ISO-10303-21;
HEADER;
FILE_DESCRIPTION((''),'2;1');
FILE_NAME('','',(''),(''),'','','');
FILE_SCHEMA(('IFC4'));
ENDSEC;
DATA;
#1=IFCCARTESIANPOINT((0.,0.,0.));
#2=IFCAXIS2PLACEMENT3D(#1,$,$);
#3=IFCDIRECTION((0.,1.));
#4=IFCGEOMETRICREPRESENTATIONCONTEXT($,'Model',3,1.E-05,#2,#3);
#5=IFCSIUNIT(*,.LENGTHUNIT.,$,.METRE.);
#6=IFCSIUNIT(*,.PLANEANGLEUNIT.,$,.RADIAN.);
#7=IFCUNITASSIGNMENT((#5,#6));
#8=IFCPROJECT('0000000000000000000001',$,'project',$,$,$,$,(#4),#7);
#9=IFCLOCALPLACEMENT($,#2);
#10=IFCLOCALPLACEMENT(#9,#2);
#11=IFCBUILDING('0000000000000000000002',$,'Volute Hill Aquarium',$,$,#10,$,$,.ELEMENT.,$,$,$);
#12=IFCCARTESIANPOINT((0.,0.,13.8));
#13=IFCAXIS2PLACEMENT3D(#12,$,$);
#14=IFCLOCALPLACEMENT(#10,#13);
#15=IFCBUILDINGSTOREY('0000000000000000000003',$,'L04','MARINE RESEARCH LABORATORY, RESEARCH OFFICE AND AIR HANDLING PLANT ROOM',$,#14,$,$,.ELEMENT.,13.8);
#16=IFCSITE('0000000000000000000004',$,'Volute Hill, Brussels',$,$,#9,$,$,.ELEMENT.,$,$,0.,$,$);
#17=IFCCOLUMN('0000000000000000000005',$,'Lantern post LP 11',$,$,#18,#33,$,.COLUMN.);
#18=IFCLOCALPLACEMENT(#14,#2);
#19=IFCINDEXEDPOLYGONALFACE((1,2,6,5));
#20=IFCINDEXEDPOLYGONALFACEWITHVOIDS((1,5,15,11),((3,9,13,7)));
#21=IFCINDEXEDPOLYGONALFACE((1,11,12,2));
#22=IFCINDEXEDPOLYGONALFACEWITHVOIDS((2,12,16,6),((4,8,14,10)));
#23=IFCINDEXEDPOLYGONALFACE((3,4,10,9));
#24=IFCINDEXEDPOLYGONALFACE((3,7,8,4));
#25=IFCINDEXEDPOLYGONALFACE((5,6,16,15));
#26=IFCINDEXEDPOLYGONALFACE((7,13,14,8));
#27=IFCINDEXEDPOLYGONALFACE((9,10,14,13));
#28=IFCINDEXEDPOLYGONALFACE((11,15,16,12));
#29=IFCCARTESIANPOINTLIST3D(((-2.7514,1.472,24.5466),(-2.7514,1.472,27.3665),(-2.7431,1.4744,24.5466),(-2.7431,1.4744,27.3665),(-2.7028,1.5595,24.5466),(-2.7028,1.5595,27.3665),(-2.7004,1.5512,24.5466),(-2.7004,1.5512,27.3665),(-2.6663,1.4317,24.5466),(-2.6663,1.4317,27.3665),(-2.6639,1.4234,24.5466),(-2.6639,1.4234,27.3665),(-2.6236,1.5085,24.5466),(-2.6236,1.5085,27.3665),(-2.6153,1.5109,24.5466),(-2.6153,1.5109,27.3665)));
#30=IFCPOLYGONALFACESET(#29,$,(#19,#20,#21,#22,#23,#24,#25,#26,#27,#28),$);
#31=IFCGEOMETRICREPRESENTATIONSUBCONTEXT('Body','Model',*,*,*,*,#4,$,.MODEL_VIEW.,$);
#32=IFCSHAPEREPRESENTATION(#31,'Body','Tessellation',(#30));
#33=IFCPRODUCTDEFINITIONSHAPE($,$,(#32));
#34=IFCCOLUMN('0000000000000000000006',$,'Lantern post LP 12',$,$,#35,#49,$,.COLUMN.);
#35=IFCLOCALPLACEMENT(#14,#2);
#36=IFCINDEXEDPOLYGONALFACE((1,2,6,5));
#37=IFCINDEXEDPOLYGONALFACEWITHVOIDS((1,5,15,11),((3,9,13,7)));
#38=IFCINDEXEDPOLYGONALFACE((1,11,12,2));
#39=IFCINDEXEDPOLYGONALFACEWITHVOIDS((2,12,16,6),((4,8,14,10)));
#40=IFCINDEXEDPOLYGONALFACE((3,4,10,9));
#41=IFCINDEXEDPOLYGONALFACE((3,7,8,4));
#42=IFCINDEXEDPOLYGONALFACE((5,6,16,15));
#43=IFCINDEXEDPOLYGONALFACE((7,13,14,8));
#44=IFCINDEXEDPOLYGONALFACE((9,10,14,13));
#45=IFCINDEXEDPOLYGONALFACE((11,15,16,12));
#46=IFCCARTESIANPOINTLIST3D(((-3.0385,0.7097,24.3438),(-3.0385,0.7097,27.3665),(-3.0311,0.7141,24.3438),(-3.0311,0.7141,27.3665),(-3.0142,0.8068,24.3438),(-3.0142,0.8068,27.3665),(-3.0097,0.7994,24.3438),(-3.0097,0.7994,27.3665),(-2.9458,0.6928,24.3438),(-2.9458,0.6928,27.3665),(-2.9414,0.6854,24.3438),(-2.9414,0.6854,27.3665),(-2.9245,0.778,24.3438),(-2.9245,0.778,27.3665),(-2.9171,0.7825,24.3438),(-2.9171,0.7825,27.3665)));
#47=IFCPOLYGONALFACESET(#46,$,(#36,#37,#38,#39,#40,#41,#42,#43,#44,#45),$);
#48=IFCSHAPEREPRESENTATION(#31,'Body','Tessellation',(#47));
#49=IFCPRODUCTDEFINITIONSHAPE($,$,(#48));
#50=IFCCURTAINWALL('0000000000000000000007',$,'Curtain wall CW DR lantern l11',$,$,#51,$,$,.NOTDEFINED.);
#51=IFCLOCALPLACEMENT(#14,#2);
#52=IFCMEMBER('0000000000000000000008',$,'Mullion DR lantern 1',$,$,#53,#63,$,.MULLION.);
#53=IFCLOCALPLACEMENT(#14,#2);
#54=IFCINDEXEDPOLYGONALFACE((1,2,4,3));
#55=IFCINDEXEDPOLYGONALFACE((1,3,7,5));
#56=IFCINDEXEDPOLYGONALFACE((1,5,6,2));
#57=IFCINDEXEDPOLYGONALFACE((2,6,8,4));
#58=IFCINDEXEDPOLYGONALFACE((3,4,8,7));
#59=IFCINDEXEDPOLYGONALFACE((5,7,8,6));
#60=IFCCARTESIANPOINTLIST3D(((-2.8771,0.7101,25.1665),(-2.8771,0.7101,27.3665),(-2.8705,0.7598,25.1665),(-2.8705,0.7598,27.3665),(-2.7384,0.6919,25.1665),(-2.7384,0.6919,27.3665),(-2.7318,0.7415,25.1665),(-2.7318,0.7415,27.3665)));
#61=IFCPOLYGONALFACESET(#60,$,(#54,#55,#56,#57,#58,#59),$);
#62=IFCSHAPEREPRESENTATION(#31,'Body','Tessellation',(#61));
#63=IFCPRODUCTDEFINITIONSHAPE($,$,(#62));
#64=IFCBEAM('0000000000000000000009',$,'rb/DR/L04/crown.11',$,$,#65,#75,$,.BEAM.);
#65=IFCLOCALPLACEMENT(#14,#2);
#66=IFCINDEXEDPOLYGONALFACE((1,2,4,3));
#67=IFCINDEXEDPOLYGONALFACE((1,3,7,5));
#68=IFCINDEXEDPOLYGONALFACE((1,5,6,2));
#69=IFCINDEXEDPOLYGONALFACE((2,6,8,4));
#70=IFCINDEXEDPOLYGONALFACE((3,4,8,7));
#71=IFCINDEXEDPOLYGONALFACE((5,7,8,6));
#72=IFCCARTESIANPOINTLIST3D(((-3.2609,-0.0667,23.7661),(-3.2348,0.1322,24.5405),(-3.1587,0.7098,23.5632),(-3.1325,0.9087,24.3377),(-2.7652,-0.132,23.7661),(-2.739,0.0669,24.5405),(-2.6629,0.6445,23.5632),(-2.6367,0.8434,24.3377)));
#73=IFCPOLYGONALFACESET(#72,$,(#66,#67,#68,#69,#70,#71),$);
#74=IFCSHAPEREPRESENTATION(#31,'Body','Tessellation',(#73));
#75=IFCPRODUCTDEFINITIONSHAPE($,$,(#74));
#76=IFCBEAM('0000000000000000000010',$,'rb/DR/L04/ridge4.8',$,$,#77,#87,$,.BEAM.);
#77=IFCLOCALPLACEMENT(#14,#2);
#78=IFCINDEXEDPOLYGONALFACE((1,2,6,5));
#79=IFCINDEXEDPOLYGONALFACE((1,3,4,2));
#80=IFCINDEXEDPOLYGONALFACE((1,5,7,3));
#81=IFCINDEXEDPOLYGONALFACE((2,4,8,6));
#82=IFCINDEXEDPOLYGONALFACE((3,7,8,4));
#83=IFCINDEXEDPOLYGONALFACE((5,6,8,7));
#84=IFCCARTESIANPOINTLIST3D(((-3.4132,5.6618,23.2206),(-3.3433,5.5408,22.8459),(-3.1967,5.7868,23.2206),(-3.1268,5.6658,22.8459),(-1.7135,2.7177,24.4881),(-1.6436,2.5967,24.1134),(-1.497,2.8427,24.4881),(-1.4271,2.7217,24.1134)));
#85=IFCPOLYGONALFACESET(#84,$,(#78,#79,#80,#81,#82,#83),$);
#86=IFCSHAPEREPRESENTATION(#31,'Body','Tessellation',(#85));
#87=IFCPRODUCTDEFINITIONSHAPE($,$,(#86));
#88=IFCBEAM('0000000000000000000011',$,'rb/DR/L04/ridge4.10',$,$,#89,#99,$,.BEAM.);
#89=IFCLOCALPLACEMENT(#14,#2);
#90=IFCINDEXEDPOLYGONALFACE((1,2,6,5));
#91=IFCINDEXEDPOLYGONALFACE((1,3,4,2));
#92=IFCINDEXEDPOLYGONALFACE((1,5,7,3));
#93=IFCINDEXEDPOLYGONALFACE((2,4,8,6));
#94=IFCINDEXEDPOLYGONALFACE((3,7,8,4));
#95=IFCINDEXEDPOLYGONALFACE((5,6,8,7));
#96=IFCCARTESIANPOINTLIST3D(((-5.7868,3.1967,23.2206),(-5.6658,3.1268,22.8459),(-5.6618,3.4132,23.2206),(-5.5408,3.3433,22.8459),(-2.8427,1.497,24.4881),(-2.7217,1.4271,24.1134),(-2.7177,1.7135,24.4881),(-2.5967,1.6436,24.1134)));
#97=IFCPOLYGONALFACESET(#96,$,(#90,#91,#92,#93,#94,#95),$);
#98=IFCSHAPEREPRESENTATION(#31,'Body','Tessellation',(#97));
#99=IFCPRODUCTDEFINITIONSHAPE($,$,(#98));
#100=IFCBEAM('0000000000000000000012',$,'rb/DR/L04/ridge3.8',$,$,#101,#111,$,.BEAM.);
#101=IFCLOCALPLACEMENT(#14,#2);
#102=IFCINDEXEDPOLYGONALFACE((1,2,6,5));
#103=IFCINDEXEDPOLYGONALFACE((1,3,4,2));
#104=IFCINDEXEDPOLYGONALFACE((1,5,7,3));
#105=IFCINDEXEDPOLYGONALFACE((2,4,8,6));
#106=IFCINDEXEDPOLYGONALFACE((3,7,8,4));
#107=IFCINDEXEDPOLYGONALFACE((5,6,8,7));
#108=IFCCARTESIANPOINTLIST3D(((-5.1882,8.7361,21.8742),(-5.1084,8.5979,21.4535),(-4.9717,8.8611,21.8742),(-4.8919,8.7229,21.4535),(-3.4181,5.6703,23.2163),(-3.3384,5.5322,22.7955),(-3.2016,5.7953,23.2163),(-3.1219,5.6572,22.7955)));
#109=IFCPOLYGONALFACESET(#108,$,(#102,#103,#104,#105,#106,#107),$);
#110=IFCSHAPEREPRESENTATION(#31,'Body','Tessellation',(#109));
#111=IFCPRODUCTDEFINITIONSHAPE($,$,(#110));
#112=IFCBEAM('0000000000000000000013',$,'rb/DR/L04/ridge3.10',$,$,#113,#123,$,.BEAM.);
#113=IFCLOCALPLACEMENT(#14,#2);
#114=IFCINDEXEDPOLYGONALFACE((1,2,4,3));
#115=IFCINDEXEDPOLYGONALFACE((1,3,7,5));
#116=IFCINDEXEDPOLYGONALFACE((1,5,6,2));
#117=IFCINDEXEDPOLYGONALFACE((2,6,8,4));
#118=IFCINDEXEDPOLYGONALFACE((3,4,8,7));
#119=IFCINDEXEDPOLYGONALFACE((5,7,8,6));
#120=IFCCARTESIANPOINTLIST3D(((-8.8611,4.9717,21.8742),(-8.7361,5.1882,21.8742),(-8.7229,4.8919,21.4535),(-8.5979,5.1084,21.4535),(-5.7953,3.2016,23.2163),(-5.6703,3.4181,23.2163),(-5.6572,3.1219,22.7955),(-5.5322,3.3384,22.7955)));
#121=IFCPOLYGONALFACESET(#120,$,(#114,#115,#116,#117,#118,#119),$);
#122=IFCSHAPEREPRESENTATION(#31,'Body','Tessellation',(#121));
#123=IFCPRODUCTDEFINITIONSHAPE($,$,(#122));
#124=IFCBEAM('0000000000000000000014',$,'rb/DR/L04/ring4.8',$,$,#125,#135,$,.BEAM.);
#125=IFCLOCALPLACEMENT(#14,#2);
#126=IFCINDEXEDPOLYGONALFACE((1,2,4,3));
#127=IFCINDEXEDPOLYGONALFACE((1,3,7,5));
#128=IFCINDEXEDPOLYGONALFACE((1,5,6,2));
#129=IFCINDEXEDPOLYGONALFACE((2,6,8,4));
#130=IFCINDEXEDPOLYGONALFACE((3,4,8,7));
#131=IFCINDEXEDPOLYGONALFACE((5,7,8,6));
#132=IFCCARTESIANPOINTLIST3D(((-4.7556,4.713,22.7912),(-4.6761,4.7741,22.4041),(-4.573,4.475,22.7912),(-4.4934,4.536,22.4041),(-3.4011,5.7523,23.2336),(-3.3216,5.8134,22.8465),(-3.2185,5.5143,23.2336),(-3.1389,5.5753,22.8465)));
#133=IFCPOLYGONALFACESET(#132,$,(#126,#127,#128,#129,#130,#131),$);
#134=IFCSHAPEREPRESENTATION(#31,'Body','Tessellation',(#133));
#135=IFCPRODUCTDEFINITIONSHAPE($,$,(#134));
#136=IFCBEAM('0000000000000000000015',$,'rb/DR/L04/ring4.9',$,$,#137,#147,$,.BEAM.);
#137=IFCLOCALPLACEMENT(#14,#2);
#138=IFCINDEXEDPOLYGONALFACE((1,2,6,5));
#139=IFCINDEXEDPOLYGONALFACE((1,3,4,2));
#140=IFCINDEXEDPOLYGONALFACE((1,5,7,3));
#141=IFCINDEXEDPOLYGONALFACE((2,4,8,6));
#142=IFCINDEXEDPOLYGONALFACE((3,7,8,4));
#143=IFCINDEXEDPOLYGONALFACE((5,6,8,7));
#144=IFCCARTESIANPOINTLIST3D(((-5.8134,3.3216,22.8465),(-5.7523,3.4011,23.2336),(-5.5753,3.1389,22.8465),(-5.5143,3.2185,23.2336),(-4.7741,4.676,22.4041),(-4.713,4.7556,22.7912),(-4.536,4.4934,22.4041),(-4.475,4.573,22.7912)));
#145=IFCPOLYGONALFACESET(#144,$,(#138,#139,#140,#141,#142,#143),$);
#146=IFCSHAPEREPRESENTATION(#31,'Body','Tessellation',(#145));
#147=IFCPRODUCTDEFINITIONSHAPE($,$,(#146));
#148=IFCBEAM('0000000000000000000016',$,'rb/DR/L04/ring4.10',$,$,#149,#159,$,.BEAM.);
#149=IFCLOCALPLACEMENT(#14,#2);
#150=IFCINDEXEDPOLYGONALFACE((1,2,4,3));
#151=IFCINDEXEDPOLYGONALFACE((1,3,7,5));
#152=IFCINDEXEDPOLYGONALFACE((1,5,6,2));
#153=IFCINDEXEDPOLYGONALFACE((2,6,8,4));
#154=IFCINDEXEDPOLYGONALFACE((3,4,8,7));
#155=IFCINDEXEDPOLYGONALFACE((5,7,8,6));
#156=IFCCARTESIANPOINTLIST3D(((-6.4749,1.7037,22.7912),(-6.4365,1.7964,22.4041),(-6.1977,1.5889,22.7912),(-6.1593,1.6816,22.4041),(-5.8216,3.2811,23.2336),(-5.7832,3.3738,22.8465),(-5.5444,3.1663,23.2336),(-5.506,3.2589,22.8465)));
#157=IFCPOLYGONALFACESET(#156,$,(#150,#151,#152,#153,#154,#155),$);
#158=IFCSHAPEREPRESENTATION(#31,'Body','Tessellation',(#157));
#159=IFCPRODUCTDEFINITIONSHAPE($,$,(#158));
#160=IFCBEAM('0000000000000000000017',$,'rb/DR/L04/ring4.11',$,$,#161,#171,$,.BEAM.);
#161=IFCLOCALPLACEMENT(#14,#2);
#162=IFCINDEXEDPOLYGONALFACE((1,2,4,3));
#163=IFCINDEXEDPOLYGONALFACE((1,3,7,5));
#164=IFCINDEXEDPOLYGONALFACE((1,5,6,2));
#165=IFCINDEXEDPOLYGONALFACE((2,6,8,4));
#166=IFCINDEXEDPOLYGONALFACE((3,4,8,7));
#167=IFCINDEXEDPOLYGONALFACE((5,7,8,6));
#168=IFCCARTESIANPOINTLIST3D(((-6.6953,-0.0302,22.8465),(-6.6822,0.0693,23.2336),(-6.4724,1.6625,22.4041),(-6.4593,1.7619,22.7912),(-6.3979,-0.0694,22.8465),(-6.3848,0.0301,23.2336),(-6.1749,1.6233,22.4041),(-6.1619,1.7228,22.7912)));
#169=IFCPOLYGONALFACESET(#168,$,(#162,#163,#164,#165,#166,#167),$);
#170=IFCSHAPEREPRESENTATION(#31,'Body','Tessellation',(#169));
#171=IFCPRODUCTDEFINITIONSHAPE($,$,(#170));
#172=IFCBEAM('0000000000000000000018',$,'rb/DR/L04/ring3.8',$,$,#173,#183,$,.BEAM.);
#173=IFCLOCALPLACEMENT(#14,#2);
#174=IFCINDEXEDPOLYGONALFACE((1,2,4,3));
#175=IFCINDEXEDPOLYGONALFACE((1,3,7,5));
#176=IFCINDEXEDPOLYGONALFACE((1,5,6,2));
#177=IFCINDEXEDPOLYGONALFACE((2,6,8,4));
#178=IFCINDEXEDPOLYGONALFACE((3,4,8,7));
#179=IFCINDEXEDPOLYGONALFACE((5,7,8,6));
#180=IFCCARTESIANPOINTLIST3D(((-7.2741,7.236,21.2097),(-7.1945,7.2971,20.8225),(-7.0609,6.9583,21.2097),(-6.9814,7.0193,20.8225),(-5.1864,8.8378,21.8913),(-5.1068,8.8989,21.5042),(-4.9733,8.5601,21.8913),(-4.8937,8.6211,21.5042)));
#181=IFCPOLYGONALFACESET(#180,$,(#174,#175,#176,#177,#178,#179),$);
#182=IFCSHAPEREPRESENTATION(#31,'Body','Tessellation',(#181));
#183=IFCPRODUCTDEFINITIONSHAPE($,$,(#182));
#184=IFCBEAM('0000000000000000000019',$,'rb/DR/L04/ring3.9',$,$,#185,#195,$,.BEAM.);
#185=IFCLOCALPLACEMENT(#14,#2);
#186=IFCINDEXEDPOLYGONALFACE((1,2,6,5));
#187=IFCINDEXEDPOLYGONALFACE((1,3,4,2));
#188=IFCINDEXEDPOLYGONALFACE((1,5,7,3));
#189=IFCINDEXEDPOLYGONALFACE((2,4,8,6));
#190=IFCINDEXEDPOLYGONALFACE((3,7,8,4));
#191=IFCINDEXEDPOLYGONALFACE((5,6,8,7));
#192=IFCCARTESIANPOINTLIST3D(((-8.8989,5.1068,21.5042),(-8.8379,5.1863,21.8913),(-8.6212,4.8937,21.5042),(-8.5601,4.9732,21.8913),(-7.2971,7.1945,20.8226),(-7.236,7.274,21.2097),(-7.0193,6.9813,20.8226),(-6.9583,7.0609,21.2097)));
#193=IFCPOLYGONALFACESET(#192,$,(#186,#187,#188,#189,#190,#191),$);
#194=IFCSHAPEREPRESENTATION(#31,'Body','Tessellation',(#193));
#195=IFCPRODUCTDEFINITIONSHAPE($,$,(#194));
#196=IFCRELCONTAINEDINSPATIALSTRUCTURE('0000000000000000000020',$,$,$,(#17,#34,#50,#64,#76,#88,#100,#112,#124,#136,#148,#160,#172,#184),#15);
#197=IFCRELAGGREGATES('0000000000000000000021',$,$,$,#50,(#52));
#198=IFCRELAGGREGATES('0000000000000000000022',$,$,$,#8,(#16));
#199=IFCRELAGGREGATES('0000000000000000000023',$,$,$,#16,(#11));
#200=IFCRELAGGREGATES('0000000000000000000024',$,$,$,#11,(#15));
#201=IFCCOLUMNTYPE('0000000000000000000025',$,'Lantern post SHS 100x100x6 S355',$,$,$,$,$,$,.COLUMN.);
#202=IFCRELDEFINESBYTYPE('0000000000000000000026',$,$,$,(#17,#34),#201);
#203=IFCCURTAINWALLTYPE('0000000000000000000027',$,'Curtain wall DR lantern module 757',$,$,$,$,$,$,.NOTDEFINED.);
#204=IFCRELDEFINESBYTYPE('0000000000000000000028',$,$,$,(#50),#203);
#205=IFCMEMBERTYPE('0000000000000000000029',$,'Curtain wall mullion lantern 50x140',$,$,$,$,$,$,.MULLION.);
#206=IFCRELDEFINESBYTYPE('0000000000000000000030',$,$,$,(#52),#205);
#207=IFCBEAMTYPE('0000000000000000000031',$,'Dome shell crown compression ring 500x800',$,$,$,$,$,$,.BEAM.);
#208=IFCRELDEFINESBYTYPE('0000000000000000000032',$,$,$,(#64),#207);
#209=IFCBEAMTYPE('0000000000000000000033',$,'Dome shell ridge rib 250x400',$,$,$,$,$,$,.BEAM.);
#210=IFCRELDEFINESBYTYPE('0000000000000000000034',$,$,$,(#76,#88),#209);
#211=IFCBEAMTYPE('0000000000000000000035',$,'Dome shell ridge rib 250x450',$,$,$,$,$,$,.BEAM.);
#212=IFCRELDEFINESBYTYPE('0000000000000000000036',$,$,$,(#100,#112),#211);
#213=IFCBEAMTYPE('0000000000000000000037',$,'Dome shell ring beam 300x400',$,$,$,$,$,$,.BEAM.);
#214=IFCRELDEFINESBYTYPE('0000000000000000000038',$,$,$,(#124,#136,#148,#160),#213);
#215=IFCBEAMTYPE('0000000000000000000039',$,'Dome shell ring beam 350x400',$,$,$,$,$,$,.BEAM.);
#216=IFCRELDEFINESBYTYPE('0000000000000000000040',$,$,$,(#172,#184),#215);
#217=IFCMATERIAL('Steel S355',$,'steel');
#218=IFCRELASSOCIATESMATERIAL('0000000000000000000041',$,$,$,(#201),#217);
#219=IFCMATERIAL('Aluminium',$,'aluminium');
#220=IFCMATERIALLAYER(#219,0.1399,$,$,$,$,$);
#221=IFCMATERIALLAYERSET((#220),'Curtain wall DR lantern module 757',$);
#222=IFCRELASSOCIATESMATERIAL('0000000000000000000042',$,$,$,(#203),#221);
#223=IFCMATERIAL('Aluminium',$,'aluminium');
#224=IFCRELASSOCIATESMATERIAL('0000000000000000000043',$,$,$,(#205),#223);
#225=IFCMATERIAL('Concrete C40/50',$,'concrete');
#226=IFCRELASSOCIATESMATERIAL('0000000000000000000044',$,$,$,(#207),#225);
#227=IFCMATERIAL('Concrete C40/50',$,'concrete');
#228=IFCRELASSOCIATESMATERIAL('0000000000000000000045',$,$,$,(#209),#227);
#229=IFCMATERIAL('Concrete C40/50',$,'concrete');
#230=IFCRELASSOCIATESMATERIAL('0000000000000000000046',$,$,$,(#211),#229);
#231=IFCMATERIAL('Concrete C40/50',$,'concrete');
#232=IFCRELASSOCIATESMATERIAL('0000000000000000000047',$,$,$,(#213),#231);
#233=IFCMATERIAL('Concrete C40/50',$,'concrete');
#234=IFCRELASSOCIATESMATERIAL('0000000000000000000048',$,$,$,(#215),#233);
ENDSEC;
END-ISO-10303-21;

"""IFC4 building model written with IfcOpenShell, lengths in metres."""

from ifc_helpers import new_model, si_unit, direction, frame, origin, origin_2d, place, context, subcontext, project, spatial, rectangle, hollow_rectangle, extrude, material, layer, layer_set, material_profile, profile_set, type_object, element, aggregate, save


model = new_model("IFC4")

# Units and contexts
model_context = context("Model", 3, precision=1e-05, world=origin(), true_north=direction((0.0, 1.0)))
body_context = subcontext(model_context, "Body", "Model", "MODEL_VIEW")
ifc_project = project(units=[si_unit("LENGTHUNIT", "METRE"), si_unit("PLANEANGLEUNIT", "RADIAN")], contexts=[model_context])

# Site, building, storey
site_placement = place(None, origin())
site = spatial("IfcSite", under=ifc_project, at=site_placement, Name="Volute Hill, Brussels", CompositionType="ELEMENT", RefElevation=0.0)
building_placement = place(site_placement, origin())
building = spatial("IfcBuilding", under=site, at=building_placement, Name="Volute Hill Aquarium", CompositionType="ELEMENT")
storey_placement = place(building_placement, frame((0.0, 0.0, 13.8)))
storey = spatial("IfcBuildingStorey", under=building, at=storey_placement, Name="L04", Description="MARINE RESEARCH LABORATORY, RESEARCH OFFICE AND AIR HANDLING PLANT ROOM", CompositionType="ELEMENT", Elevation=13.8)

# Columns
ifc_material_1 = material(Name="Steel S355", Category="steel")
ifc_material_profile_1 = material_profile(ifc_material_1, hollow_rectangle(XDim=0.1001, YDim=0.1001, WallThickness=0.0061, at=origin_2d()), Name="SHS 100x100x6")
ifc_profile_set_1 = profile_set([ifc_material_profile_1], Name="Steel S355")
column_type = type_object("IfcColumnType", Name="Lantern post SHS 100x100x6 S355", PredefinedType="COLUMN", material=ifc_profile_set_1)
column_1_placement = place(storey_placement, frame((-2.6833, 1.4915, 24.5466), z_axis=(0.0, 0.0, 1.0), x_axis=(-0.874054, 0.48583, 0.0)))
element("IfcColumn", 1, at=column_1_placement, inside=storey, type_object=column_type, Name="Lantern post LP 11", PredefinedType="COLUMN", context=body_context, shape_type="SweptSolid", body=[
    extrude(hollow_rectangle(XDim=0.1001, YDim=0.1001, WallThickness=0.0061, at=origin_2d()), origin(), (0.0, 0.0, 1.0), 2.8198),
])
column_2_placement = place(storey_placement, frame((-2.9778, 0.7461, 24.3438), z_axis=(0.0, 0.0, 1.0), x_axis=(-0.970013, 0.243054, 0.0)))
element("IfcColumn", 2, at=column_2_placement, inside=storey, type_object=column_type, Name="Lantern post LP 12", PredefinedType="COLUMN", context=body_context, shape_type="SweptSolid", body=[
    extrude(hollow_rectangle(XDim=0.1001, YDim=0.1001, WallThickness=0.0061, at=origin_2d()), origin(), (0.0, 0.0, 1.0), 3.0227),
])

# Curtain wall, member
ifc_material_2 = material(Name="Aluminium", Category="aluminium")
ifc_layer_1 = layer(ifc_material_2, 0.1399)
ifc_layer_set_1 = layer_set([ifc_layer_1], Name="Curtain wall DR lantern module 757")
curtain_wall_type = type_object("IfcCurtainWallType", Name="Curtain wall DR lantern module 757", PredefinedType="NOTDEFINED", material=ifc_layer_set_1)
curtain_wall_placement = place(storey_placement, origin())
curtain_wall = element("IfcCurtainWall", 3, at=curtain_wall_placement, inside=storey, type_object=curtain_wall_type, Name="Curtain wall CW DR lantern l11", PredefinedType="NOTDEFINED")
ifc_material_3 = material(Name="Aluminium", Category="aluminium")
ifc_material_profile_2 = material_profile(ifc_material_3, rectangle(XDim=0.1399, YDim=0.05, at=origin_2d()), Name="Curtain wall mullion lantern 50x140")
ifc_profile_set_2 = profile_set([ifc_material_profile_2], Name="Aluminium")
member_type = type_object("IfcMemberType", Name="Curtain wall mullion lantern 50x140", PredefinedType="MULLION", material=ifc_profile_set_2)
member_placement = place(storey_placement, frame((-2.8044, 0.7258, 25.1665), z_axis=(0.0, 0.0, 1.0), x_axis=(0.991448, -0.130502, 0.0)))
member = element("IfcMember", 4, at=member_placement, type_object=member_type, Name="Mullion DR lantern 1", PredefinedType="MULLION", context=body_context, shape_type="SweptSolid", body=[
    extrude(rectangle(XDim=0.1399, YDim=0.05, at=origin_2d()), origin(), (0.0, 0.0, 1.0), 2.2),
])
aggregate(curtain_wall, [member])

# Beams
ifc_material_4 = material(Name="Concrete C40/50", Category="concrete")
ifc_material_profile_3 = material_profile(ifc_material_4, rectangle(XDim=0.5, YDim=0.8, at=origin_2d()), Name="RC beam 500x800")
ifc_profile_set_3 = profile_set([ifc_material_profile_3], Name="Concrete C40/50")
beam_type_1 = type_object("IfcBeamType", Name="Dome shell crown compression ring 500x800", PredefinedType="BEAM", material=ifc_profile_set_3)
beam_1_placement = place(storey_placement, frame((-2.8977, 0.7766, 23.9504), z_axis=(-0.12642, -0.959767, 0.250728), x_axis=(0.991436, -0.130592, 0.0)))
element("IfcBeam", 5, at=beam_1_placement, inside=storey, type_object=beam_type_1, Name="rb/DR/L04/crown.11", PredefinedType="BEAM", context=body_context, shape_type="SweptSolid", body=[
    extrude(rectangle(XDim=0.5, YDim=0.8, at=origin_2d()), origin(), (0.0, 0.0, 1.0), 0.8091),
])
ifc_material_5 = material(Name="Concrete C40/50", Category="concrete")
ifc_material_profile_4 = material_profile(ifc_material_5, rectangle(XDim=0.25, YDim=0.3999, at=origin_2d()), Name="RC rib 250x400")
ifc_profile_set_4 = profile_set([ifc_material_profile_4], Name="Concrete C40/50")
beam_type_2 = type_object("IfcBeamType", Name="Dome shell ridge rib 250x400", PredefinedType="BEAM", material=ifc_profile_set_4)
for number, where, z_axis, x_axis, name in (
    (6, (-3.27, 5.6638, 23.0332), (0.468478, -0.811459, 0.349374), (0.866034, 0.499986, 0.0), "rb/DR/L04/ridge4.8"),
    (7, (-5.6638, 3.27, 23.0332), (0.811459, -0.468478, 0.349374), (0.499986, 0.866034, 0.0), "rb/DR/L04/ridge4.10"),
):
    element("IfcBeam", number, at=place(storey_placement, frame(where, z_axis=z_axis, x_axis=x_axis)), inside=storey, type_object=beam_type_2, Name=name, PredefinedType="BEAM", context=body_context, shape_type="SweptSolid", body=[
        extrude(rectangle(XDim=0.25, YDim=0.3999, at=origin_2d()), origin(), (0.0, 0.0, 1.0), 3.6282),
    ])
ifc_material_6 = material(Name="Concrete C40/50", Category="concrete")
ifc_material_profile_5 = material_profile(ifc_material_6, rectangle(XDim=0.25, YDim=0.45, at=origin_2d()), Name="RC rib 250x450")
ifc_profile_set_5 = profile_set([ifc_material_profile_5], Name="Concrete C40/50")
beam_type_3 = type_object("IfcBeamType", Name="Dome shell ridge rib 250x450", PredefinedType="BEAM", material=ifc_profile_set_5)
for number, where, z_axis, x_axis, name in (
    (8, (-5.04, 8.7295, 21.6638), (0.46754, -0.809779, 0.354492), (0.866019, 0.500011, 0.0), "rb/DR/L04/ridge3.8"),
    (9, (-8.7295, 5.04, 21.6638), (0.809779, -0.46754, 0.354492), (0.500011, 0.866019, 0.0), "rb/DR/L04/ridge3.10"),
):
    element("IfcBeam", number, at=place(storey_placement, frame(where, z_axis=z_axis, x_axis=x_axis)), inside=storey, type_object=beam_type_3, Name=name, PredefinedType="BEAM", context=body_context, shape_type="SweptSolid", body=[
        extrude(rectangle(XDim=0.25, YDim=0.45, at=origin_2d()), origin(), (0.0, 0.0, 1.0), 3.7859),
    ])
ifc_material_7 = material(Name="Concrete C40/50", Category="concrete")
ifc_material_profile_6 = material_profile(ifc_material_7, rectangle(XDim=0.3, YDim=0.3999, at=origin_2d()), Name="RC beam 300x400")
ifc_profile_set_6 = profile_set([ifc_material_profile_6], Name="Concrete C40/50")
beam_type_4 = type_object("IfcBeamType", Name="Dome shell ring beam 300x400", PredefinedType="BEAM", material=ifc_profile_set_6)
for number, where, z_axis, x_axis, name in (
    (10, (-3.27, 5.6638, 23.04), (-0.767999, -0.589288, -0.250832), (0.60875, -0.793362, 0.0), "rb/DR/L04/ring4.8"),
    (11, (-4.6245, 4.6245, 22.5977), (-0.589288, -0.767999, 0.250832), (0.793362, -0.60875, 0.0), "rb/DR/L04/ring4.9"),
    (12, (-5.6638, 3.27, 23.04), (-0.370422, -0.894357, -0.250824), (0.923891, -0.382655, 0.0), "rb/DR/L04/ring4.10"),
    (13, (-6.3171, 1.6926, 22.5977), (-0.126388, -0.959743, 0.250837), (0.99144, -0.130562, 0.0), "rb/DR/L04/ring4.11"),
):
    element("IfcBeam", number, at=place(storey_placement, frame(where, z_axis=z_axis, x_axis=x_axis)), inside=storey, type_object=beam_type_4, Name=name, PredefinedType="BEAM", context=body_context, shape_type="SweptSolid", body=[
        extrude(rectangle(XDim=0.3, YDim=0.3999, at=origin_2d()), origin(), (0.0, 0.0, 1.0), 1.7637),
    ])
ifc_material_8 = material(Name="Concrete C40/50", Category="concrete")
ifc_material_profile_7 = material_profile(ifc_material_8, rectangle(XDim=0.3501, YDim=0.3999, at=origin_2d()), Name="RC beam 350x400")
ifc_profile_set_7 = profile_set([ifc_material_profile_7], Name="Concrete C40/50")
beam_type_5 = type_object("IfcBeamType", Name="Dome shell ring beam 350x400", PredefinedType="BEAM", material=ifc_profile_set_7)
for number, where, z_axis, x_axis, name in (
    (14, (-5.04, 8.7295, 21.6978), (-0.768021, -0.589286, -0.250768), (0.608737, -0.793372, 0.0), "rb/DR/L04/ring3.8"),
    (15, (-7.1277, 7.1277, 21.0161), (-0.589286, -0.768021, 0.250768), (0.793372, -0.608737, 0.0), "rb/DR/L04/ring3.9"),
):
    element("IfcBeam", number, at=place(storey_placement, frame(where, z_axis=z_axis, x_axis=x_axis)), inside=storey, type_object=beam_type_5, Name=name, PredefinedType="BEAM", context=body_context, shape_type="SweptSolid", body=[
        extrude(rectangle(XDim=0.3501, YDim=0.3999, at=origin_2d()), origin(), (0.0, 0.0, 1.0), 2.7183),
    ])

save(model, "model.ifc")
